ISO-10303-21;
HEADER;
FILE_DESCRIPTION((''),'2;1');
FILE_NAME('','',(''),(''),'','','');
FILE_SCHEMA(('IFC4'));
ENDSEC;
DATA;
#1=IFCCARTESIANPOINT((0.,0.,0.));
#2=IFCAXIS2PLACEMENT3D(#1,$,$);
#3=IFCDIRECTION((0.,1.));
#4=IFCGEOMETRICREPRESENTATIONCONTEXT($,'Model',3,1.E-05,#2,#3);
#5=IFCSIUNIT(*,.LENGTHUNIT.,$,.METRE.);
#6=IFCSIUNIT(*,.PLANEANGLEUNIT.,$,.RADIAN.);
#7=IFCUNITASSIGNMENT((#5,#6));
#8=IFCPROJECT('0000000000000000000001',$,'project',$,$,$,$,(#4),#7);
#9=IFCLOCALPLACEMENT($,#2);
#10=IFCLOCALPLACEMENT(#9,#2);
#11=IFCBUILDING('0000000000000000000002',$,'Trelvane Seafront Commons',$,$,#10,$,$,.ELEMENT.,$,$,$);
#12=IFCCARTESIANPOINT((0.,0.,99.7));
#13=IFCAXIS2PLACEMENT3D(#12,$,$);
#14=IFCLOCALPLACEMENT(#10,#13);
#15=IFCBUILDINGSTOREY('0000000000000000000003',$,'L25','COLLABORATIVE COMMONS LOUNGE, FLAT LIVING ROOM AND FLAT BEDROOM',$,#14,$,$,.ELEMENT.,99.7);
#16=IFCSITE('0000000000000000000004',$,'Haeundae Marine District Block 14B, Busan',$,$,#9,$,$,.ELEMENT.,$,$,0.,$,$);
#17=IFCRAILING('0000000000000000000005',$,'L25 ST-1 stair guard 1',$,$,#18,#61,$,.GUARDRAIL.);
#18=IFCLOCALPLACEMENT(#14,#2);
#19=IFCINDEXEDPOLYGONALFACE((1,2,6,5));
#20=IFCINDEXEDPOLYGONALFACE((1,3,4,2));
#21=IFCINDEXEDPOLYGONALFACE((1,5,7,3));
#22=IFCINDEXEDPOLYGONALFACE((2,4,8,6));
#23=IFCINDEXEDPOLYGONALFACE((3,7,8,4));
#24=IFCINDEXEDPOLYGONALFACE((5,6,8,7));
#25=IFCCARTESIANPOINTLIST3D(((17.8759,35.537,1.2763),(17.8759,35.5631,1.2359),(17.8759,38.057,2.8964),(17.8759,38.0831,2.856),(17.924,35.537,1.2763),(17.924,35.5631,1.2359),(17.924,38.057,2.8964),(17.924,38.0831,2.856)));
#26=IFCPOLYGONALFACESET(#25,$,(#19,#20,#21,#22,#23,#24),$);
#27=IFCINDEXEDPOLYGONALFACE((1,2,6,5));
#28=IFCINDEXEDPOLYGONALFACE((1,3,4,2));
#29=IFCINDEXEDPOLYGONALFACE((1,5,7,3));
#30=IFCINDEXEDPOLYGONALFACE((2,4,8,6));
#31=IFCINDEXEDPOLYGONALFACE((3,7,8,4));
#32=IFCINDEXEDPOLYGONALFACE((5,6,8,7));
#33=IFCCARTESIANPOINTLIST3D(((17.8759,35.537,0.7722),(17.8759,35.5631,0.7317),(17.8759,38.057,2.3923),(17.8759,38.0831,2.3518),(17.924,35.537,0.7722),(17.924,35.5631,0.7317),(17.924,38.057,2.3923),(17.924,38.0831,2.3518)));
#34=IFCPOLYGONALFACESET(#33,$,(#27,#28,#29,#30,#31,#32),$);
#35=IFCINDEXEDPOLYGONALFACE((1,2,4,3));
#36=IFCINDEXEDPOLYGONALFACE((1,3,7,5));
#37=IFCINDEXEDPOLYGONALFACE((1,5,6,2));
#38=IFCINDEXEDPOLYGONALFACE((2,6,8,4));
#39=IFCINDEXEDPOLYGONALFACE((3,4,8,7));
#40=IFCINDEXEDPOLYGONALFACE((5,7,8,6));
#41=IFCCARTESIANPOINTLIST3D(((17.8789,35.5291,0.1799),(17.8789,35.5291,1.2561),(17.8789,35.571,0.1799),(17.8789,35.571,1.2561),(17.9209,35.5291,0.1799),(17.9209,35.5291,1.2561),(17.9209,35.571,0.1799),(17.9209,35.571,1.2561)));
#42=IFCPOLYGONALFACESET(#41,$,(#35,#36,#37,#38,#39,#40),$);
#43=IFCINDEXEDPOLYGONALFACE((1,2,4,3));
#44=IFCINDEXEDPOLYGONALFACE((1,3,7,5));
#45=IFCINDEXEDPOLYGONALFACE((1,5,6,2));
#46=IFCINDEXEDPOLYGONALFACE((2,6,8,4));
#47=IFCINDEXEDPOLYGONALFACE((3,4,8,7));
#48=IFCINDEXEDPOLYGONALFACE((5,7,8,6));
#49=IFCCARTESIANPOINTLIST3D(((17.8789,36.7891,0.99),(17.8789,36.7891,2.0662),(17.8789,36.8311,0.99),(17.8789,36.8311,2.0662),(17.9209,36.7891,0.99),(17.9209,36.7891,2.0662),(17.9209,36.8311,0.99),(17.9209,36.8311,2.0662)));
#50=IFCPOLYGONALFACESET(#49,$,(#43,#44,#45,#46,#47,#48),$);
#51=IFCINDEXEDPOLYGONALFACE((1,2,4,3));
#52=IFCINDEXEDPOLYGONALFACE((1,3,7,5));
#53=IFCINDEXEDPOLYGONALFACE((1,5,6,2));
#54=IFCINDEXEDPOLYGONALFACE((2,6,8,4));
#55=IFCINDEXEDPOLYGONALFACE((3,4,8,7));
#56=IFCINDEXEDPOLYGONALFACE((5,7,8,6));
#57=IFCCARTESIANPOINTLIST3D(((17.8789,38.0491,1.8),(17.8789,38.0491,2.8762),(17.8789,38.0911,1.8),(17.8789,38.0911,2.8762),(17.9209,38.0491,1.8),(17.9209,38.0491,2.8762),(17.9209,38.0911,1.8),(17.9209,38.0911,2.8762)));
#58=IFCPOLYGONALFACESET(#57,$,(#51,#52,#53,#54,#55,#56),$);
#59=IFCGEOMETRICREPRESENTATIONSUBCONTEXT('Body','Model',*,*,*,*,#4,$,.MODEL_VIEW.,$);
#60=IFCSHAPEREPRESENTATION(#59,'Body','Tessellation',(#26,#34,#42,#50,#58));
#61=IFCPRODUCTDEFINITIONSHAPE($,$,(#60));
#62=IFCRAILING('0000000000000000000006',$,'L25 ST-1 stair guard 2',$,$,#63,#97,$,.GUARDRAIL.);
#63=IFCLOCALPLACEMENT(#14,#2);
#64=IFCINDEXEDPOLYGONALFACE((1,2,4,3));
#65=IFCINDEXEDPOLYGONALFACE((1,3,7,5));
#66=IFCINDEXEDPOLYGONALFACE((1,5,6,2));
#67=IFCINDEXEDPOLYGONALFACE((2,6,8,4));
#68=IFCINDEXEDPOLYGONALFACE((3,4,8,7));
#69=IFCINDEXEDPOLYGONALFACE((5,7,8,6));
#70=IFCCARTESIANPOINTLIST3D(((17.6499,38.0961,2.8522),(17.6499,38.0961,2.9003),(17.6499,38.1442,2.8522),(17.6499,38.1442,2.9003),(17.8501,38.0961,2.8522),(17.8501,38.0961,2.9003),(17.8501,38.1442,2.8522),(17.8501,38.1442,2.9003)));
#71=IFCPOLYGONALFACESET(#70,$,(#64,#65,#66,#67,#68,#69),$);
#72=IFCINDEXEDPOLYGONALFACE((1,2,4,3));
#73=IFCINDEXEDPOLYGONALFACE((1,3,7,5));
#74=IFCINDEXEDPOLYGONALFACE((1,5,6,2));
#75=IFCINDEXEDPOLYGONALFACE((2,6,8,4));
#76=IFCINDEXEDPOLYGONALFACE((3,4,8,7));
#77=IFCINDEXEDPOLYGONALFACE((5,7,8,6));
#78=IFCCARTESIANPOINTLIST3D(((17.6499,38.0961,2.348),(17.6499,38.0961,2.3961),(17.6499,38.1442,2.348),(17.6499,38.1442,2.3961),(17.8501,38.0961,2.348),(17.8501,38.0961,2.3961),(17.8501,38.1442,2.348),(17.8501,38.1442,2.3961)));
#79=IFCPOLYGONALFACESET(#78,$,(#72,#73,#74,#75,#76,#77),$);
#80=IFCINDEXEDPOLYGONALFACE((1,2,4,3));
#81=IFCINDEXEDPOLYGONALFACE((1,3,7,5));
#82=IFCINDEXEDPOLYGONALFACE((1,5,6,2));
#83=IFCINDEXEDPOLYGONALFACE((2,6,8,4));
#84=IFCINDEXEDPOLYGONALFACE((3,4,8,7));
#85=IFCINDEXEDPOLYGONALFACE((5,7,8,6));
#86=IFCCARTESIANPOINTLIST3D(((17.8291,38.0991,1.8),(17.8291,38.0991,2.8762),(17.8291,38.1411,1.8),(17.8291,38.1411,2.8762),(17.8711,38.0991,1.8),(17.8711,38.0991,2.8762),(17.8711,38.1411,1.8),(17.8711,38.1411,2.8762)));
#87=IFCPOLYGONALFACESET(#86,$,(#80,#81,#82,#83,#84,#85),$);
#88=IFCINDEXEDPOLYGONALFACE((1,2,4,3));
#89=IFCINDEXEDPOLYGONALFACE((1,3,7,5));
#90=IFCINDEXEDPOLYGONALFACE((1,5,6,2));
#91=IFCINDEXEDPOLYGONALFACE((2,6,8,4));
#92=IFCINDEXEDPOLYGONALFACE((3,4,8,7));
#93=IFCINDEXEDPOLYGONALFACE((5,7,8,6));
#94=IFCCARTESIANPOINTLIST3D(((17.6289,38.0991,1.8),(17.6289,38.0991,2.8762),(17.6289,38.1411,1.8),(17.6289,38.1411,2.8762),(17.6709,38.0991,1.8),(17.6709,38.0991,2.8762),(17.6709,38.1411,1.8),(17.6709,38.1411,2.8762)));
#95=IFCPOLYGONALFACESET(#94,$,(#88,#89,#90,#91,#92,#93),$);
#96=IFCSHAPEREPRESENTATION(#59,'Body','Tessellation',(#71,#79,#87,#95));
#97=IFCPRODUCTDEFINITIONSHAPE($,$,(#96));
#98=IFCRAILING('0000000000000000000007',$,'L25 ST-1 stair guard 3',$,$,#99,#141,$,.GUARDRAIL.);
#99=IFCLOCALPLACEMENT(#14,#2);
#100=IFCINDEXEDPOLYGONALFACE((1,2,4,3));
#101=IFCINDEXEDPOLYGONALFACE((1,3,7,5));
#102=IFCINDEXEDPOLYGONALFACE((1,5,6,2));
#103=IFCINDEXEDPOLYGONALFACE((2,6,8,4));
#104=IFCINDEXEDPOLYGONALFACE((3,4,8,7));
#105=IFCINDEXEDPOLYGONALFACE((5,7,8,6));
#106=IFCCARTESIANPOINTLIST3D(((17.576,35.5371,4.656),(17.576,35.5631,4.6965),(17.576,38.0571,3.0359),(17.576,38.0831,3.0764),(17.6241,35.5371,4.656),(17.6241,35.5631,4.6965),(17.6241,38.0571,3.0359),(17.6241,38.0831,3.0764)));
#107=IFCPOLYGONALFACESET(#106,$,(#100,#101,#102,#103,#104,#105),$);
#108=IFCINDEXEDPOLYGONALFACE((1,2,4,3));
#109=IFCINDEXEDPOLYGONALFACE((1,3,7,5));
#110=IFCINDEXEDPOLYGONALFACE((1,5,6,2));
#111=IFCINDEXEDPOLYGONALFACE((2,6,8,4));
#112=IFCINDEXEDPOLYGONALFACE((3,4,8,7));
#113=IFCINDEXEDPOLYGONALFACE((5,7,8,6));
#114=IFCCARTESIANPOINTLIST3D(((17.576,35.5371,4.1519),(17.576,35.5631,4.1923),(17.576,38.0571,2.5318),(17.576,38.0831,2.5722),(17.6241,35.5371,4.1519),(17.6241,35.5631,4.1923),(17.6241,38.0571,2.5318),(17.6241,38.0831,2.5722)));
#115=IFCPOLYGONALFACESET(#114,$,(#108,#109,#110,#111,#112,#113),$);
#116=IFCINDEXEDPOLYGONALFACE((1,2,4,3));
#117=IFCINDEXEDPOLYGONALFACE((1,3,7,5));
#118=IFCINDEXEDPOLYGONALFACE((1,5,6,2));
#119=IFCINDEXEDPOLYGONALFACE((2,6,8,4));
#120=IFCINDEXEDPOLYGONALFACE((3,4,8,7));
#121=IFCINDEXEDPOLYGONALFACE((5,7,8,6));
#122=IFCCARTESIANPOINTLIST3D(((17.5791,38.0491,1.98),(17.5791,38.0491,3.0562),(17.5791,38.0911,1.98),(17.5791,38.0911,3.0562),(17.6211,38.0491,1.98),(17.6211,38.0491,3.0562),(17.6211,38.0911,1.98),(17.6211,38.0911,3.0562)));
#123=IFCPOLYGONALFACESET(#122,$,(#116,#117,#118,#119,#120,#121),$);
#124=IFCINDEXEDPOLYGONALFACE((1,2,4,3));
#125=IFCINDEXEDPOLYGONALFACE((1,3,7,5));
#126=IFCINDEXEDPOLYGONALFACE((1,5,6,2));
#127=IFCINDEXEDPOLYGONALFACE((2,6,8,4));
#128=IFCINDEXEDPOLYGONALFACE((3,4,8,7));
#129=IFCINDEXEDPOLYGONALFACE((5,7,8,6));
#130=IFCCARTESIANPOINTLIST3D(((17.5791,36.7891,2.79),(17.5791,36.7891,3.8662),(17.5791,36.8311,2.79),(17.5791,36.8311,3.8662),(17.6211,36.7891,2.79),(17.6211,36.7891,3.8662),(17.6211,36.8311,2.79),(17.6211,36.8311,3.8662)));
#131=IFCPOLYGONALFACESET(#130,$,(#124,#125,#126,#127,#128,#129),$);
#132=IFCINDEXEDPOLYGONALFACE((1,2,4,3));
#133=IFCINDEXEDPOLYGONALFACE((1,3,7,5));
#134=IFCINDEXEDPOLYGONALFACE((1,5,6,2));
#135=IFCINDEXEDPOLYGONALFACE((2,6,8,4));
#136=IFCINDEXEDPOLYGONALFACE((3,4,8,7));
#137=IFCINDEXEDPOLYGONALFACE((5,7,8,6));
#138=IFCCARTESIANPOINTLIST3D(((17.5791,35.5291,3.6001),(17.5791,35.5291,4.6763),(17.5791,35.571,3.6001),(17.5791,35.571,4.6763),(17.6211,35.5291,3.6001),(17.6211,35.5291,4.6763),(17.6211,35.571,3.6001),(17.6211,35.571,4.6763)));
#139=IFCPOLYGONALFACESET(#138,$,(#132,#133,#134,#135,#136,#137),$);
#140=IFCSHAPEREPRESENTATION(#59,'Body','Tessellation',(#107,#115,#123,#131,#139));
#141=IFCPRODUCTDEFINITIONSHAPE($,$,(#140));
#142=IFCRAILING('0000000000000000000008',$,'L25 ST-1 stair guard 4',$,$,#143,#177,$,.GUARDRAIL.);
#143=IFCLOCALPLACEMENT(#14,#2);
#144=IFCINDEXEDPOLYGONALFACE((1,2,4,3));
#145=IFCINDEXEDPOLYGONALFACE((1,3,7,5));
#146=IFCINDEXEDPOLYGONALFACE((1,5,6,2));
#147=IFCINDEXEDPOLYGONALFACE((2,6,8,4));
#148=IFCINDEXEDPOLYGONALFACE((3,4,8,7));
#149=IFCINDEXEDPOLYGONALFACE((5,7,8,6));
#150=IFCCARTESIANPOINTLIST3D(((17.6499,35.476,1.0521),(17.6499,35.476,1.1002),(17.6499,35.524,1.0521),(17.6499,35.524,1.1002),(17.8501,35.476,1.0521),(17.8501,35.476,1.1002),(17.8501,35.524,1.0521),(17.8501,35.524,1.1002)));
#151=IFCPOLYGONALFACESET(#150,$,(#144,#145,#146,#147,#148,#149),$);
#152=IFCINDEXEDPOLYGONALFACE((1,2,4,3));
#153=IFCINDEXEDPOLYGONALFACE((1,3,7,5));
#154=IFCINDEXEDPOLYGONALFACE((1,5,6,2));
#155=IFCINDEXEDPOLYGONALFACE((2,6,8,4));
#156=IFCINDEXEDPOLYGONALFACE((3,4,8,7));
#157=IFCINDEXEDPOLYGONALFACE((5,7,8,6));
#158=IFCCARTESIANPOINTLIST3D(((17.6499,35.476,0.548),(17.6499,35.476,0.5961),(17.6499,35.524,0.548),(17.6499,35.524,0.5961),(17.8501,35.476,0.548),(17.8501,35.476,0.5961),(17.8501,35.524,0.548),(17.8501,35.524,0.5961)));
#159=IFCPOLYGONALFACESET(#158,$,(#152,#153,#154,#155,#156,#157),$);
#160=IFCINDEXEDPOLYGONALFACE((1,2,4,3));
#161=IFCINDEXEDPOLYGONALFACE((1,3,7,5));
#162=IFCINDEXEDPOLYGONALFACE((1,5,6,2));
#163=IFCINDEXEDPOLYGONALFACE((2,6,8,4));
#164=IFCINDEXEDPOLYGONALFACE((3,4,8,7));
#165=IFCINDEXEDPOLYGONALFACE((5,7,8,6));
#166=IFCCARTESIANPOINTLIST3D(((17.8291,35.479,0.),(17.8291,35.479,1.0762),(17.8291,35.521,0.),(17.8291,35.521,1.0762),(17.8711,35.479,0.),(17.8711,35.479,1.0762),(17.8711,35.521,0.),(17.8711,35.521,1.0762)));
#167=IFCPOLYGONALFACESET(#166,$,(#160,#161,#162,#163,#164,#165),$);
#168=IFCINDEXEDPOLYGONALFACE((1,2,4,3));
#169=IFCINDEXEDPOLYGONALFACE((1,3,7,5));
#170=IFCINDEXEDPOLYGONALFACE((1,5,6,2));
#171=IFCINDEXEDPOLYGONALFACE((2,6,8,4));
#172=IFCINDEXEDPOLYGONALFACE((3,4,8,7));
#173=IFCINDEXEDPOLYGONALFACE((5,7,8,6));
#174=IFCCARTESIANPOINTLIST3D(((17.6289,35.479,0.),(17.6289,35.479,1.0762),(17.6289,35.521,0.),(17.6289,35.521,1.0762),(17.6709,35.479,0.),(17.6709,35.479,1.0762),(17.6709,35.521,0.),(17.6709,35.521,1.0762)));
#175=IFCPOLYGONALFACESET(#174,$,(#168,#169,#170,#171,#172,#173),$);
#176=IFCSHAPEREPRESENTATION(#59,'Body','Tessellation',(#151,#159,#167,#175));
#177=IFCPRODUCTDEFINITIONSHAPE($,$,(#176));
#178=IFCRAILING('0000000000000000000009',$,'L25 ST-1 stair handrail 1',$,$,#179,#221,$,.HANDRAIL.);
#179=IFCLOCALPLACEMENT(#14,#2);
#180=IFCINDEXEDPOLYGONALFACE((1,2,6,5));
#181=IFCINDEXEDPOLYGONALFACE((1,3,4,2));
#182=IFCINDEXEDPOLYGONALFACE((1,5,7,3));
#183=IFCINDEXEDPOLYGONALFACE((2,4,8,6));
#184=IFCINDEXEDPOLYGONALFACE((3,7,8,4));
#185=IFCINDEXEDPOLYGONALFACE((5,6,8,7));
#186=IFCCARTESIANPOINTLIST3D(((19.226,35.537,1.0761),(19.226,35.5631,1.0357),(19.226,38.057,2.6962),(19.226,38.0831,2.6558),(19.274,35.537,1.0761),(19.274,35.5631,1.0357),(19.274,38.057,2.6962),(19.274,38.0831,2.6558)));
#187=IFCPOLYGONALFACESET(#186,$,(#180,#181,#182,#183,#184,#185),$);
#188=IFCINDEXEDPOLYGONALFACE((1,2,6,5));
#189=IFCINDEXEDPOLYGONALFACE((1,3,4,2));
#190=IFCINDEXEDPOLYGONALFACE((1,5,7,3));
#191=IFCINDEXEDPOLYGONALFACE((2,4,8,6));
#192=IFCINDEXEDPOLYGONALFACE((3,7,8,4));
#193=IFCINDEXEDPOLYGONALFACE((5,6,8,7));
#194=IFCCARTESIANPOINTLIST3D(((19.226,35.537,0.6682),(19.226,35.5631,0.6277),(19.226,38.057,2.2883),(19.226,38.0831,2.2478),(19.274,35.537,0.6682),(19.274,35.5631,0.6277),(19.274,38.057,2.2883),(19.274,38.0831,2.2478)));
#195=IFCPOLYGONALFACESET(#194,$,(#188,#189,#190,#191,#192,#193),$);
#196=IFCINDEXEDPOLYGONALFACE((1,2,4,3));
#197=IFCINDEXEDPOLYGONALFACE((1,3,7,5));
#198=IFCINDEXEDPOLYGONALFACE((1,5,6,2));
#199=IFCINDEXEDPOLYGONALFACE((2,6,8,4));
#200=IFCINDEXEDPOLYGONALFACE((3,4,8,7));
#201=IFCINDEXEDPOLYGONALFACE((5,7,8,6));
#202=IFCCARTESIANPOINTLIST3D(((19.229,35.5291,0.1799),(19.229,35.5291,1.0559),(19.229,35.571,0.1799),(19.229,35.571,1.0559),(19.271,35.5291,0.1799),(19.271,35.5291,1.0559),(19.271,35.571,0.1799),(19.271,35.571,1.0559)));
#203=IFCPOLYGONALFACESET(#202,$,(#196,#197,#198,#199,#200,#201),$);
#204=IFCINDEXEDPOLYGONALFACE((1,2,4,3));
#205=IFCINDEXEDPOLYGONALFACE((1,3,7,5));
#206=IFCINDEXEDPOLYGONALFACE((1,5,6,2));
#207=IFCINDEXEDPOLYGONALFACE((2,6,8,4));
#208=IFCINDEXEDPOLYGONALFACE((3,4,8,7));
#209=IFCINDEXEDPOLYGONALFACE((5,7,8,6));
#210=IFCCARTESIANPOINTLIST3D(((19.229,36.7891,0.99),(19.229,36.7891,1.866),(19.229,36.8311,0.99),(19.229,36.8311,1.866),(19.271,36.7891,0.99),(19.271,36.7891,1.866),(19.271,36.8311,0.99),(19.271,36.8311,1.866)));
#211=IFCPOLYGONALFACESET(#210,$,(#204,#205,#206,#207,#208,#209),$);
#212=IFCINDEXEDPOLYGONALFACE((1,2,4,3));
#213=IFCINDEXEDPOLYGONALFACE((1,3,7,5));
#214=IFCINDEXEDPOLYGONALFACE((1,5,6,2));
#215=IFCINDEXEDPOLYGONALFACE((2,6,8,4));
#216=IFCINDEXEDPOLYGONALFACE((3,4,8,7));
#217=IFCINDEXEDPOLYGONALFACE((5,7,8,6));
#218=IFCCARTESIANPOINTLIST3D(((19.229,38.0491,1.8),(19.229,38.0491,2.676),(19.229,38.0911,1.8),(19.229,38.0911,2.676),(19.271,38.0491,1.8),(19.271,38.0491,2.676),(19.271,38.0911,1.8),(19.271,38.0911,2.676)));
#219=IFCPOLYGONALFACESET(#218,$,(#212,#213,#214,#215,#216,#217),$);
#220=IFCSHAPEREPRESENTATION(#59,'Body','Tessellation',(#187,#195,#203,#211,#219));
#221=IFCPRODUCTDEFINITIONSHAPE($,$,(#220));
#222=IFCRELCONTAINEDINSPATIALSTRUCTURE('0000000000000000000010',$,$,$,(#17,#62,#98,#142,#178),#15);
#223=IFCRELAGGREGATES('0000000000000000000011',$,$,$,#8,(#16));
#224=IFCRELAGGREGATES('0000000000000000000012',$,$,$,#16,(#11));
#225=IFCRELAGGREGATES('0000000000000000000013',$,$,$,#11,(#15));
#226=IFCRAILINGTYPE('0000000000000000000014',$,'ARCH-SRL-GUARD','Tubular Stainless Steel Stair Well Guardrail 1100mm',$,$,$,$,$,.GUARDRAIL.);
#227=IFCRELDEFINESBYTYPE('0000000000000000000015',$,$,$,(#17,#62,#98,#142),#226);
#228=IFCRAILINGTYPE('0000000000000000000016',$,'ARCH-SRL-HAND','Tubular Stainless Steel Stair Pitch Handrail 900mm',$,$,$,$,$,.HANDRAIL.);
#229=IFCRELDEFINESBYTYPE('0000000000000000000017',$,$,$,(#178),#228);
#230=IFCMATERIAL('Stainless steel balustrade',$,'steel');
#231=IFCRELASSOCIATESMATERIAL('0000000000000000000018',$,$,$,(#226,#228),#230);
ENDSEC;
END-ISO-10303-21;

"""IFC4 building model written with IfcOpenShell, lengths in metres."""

from ifc_helpers import new_model, si_unit, direction, frame, origin, origin_2d, place, context, subcontext, project, spatial, rectangle, extrude, material, type_object, element, save


model = new_model("IFC4")

# Units and contexts
model_context = context("Model", 3, precision=1e-05, world=origin(), true_north=direction((0.0, 1.0)))
body_context = subcontext(model_context, "Body", "Model", "MODEL_VIEW")
ifc_project = project(units=[si_unit("LENGTHUNIT", "METRE"), si_unit("PLANEANGLEUNIT", "RADIAN")], contexts=[model_context])

# Site, building, storey
site_placement = place(None, origin())
site = spatial("IfcSite", under=ifc_project, at=site_placement, Name="Haeundae Marine District Block 14B, Busan", CompositionType="ELEMENT", RefElevation=0.0)
building_placement = place(site_placement, origin())
building = spatial("IfcBuilding", under=site, at=building_placement, Name="Trelvane Seafront Commons", CompositionType="ELEMENT")
storey_placement = place(building_placement, frame((0.0, 0.0, 99.7)))
storey = spatial("IfcBuildingStorey", under=building, at=storey_placement, Name="L25", Description="COLLABORATIVE COMMONS LOUNGE, FLAT LIVING ROOM AND FLAT BEDROOM", CompositionType="ELEMENT", Elevation=99.7)

# Shared definitions
ifc_material_1 = material(Name="Stainless steel balustrade", Category="steel")

# Railings
railing_type_1 = type_object("IfcRailingType", Name="ARCH-SRL-GUARD", Description="Tubular Stainless Steel Stair Well Guardrail 1100mm", PredefinedType="GUARDRAIL", material=ifc_material_1)
railing_1_placement = place(storey_placement, frame((17.8999, 35.55, 0.1799)))
element("IfcRailing", 1, at=railing_1_placement, inside=storey, type_object=railing_type_1, Name="L25 ST-1 stair guard 1", PredefinedType="GUARDRAIL", context=body_context, shape_type="SweptSolid", body=[
    extrude(rectangle(XDim=0.0481, YDim=0.0481, at=origin_2d()), frame((0.0, 0.0, 1.0762), z_axis=(0.0, 0.841163, 0.540782), x_axis=(-1.0, 0.0, 0.0)), (0.0, 0.0, 1.0), 2.9958),
    extrude(rectangle(XDim=0.0481, YDim=0.0481, at=origin_2d()), frame((0.0, 0.0, 0.572), z_axis=(0.0, 0.841163, 0.540782), x_axis=(-1.0, 0.0, 0.0)), (0.0, 0.0, 1.0), 2.9958),
    extrude(rectangle(XDim=0.042, YDim=0.042, at=origin_2d()), origin(), (0.0, 0.0, 1.0), 1.0762),
    extrude(rectangle(XDim=0.042, YDim=0.042, at=origin_2d()), frame((0.0, 1.26, 0.8101)), (0.0, 0.0, 1.0), 1.0762),
    extrude(rectangle(XDim=0.042, YDim=0.042, at=origin_2d()), frame((0.0, 2.52, 1.6201)), (0.0, 0.0, 1.0), 1.0762),
])
railing_2_placement = place(storey_placement, frame((17.8501, 38.1201, 1.8)))
element("IfcRailing", 2, at=railing_2_placement, inside=storey, type_object=railing_type_1, Name="L25 ST-1 stair guard 2", PredefinedType="GUARDRAIL", context=body_context, shape_type="SweptSolid", body=[
    extrude(rectangle(XDim=0.0481, YDim=0.0481, at=origin_2d()), frame((0.0, 0.0, 1.0762), z_axis=(-1.0, 0.0, 0.0), x_axis=(0.0, -1.0, 0.0)), (0.0, 0.0, 1.0), 0.2002),
    extrude(rectangle(XDim=0.0481, YDim=0.0481, at=origin_2d()), frame((0.0, 0.0, 0.572), z_axis=(-1.0, 0.0, 0.0), x_axis=(0.0, -1.0, 0.0)), (0.0, 0.0, 1.0), 0.2002),
    extrude(rectangle(XDim=0.042, YDim=0.042, at=origin_2d()), origin(), (0.0, 0.0, 1.0), 1.0762),
    extrude(rectangle(XDim=0.042, YDim=0.042, at=origin_2d()), frame((-0.2002, 0.0, 0.0)), (0.0, 0.0, 1.0), 1.0762),
])
railing_3_placement = place(storey_placement, frame((17.6001, 38.0701, 1.98)))
element("IfcRailing", 3, at=railing_3_placement, inside=storey, type_object=railing_type_1, Name="L25 ST-1 stair guard 3", PredefinedType="GUARDRAIL", context=body_context, shape_type="SweptSolid", body=[
    extrude(rectangle(XDim=0.0481, YDim=0.0481, at=origin_2d()), frame((0.0, 0.0, 1.0762), z_axis=(0.0, -0.841163, 0.540782), x_axis=(1.0, 0.0, 0.0)), (0.0, 0.0, 1.0), 2.9958),
    extrude(rectangle(XDim=0.0481, YDim=0.0481, at=origin_2d()), frame((0.0, 0.0, 0.572), z_axis=(0.0, -0.841163, 0.540782), x_axis=(1.0, 0.0, 0.0)), (0.0, 0.0, 1.0), 2.9958),
    extrude(rectangle(XDim=0.042, YDim=0.042, at=origin_2d()), origin(), (0.0, 0.0, 1.0), 1.0762),
    extrude(rectangle(XDim=0.042, YDim=0.042, at=origin_2d()), frame((0.0, -1.26, 0.8101)), (0.0, 0.0, 1.0), 1.0762),
    extrude(rectangle(XDim=0.042, YDim=0.042, at=origin_2d()), frame((0.0, -2.52, 1.6201)), (0.0, 0.0, 1.0), 1.0762),
])
railing_4_placement = place(storey_placement, frame((17.8501, 35.5, 0.0)))
element("IfcRailing", 4, at=railing_4_placement, inside=storey, type_object=railing_type_1, Name="L25 ST-1 stair guard 4", PredefinedType="GUARDRAIL", context=body_context, shape_type="SweptSolid", body=[
    extrude(rectangle(XDim=0.0481, YDim=0.0481, at=origin_2d()), frame((0.0, 0.0, 1.0762), z_axis=(-1.0, 0.0, 0.0), x_axis=(0.0, -1.0, 0.0)), (0.0, 0.0, 1.0), 0.2002),
    extrude(rectangle(XDim=0.0481, YDim=0.0481, at=origin_2d()), frame((0.0, 0.0, 0.572), z_axis=(-1.0, 0.0, 0.0), x_axis=(0.0, -1.0, 0.0)), (0.0, 0.0, 1.0), 0.2002),
    extrude(rectangle(XDim=0.042, YDim=0.042, at=origin_2d()), origin(), (0.0, 0.0, 1.0), 1.0762),
    extrude(rectangle(XDim=0.042, YDim=0.042, at=origin_2d()), frame((-0.2002, 0.0, 0.0)), (0.0, 0.0, 1.0), 1.0762),
])
railing_type_2 = type_object("IfcRailingType", Name="ARCH-SRL-HAND", Description="Tubular Stainless Steel Stair Pitch Handrail 900mm", PredefinedType="HANDRAIL", material=ifc_material_1)
railing_5_placement = place(storey_placement, frame((19.25, 35.55, 0.1799)))
element("IfcRailing", 5, at=railing_5_placement, inside=storey, type_object=railing_type_2, Name="L25 ST-1 stair handrail 1", PredefinedType="HANDRAIL", context=body_context, shape_type="SweptSolid", body=[
    extrude(rectangle(XDim=0.0481, YDim=0.0481, at=origin_2d()), frame((0.0, 0.0, 0.876), z_axis=(0.0, 0.841163, 0.540782), x_axis=(-1.0, 0.0, 0.0)), (0.0, 0.0, 1.0), 2.9958),
    extrude(rectangle(XDim=0.0481, YDim=0.0481, at=origin_2d()), frame((0.0, 0.0, 0.468), z_axis=(0.0, 0.841163, 0.540782), x_axis=(-1.0, 0.0, 0.0)), (0.0, 0.0, 1.0), 2.9958),
    extrude(rectangle(XDim=0.042, YDim=0.042, at=origin_2d()), origin(), (0.0, 0.0, 1.0), 0.876),
    extrude(rectangle(XDim=0.042, YDim=0.042, at=origin_2d()), frame((0.0, 1.26, 0.8101)), (0.0, 0.0, 1.0), 0.876),
    extrude(rectangle(XDim=0.042, YDim=0.042, at=origin_2d()), frame((0.0, 2.52, 1.6201)), (0.0, 0.0, 1.0), 0.876),
])

save(model, "model.ifc")
